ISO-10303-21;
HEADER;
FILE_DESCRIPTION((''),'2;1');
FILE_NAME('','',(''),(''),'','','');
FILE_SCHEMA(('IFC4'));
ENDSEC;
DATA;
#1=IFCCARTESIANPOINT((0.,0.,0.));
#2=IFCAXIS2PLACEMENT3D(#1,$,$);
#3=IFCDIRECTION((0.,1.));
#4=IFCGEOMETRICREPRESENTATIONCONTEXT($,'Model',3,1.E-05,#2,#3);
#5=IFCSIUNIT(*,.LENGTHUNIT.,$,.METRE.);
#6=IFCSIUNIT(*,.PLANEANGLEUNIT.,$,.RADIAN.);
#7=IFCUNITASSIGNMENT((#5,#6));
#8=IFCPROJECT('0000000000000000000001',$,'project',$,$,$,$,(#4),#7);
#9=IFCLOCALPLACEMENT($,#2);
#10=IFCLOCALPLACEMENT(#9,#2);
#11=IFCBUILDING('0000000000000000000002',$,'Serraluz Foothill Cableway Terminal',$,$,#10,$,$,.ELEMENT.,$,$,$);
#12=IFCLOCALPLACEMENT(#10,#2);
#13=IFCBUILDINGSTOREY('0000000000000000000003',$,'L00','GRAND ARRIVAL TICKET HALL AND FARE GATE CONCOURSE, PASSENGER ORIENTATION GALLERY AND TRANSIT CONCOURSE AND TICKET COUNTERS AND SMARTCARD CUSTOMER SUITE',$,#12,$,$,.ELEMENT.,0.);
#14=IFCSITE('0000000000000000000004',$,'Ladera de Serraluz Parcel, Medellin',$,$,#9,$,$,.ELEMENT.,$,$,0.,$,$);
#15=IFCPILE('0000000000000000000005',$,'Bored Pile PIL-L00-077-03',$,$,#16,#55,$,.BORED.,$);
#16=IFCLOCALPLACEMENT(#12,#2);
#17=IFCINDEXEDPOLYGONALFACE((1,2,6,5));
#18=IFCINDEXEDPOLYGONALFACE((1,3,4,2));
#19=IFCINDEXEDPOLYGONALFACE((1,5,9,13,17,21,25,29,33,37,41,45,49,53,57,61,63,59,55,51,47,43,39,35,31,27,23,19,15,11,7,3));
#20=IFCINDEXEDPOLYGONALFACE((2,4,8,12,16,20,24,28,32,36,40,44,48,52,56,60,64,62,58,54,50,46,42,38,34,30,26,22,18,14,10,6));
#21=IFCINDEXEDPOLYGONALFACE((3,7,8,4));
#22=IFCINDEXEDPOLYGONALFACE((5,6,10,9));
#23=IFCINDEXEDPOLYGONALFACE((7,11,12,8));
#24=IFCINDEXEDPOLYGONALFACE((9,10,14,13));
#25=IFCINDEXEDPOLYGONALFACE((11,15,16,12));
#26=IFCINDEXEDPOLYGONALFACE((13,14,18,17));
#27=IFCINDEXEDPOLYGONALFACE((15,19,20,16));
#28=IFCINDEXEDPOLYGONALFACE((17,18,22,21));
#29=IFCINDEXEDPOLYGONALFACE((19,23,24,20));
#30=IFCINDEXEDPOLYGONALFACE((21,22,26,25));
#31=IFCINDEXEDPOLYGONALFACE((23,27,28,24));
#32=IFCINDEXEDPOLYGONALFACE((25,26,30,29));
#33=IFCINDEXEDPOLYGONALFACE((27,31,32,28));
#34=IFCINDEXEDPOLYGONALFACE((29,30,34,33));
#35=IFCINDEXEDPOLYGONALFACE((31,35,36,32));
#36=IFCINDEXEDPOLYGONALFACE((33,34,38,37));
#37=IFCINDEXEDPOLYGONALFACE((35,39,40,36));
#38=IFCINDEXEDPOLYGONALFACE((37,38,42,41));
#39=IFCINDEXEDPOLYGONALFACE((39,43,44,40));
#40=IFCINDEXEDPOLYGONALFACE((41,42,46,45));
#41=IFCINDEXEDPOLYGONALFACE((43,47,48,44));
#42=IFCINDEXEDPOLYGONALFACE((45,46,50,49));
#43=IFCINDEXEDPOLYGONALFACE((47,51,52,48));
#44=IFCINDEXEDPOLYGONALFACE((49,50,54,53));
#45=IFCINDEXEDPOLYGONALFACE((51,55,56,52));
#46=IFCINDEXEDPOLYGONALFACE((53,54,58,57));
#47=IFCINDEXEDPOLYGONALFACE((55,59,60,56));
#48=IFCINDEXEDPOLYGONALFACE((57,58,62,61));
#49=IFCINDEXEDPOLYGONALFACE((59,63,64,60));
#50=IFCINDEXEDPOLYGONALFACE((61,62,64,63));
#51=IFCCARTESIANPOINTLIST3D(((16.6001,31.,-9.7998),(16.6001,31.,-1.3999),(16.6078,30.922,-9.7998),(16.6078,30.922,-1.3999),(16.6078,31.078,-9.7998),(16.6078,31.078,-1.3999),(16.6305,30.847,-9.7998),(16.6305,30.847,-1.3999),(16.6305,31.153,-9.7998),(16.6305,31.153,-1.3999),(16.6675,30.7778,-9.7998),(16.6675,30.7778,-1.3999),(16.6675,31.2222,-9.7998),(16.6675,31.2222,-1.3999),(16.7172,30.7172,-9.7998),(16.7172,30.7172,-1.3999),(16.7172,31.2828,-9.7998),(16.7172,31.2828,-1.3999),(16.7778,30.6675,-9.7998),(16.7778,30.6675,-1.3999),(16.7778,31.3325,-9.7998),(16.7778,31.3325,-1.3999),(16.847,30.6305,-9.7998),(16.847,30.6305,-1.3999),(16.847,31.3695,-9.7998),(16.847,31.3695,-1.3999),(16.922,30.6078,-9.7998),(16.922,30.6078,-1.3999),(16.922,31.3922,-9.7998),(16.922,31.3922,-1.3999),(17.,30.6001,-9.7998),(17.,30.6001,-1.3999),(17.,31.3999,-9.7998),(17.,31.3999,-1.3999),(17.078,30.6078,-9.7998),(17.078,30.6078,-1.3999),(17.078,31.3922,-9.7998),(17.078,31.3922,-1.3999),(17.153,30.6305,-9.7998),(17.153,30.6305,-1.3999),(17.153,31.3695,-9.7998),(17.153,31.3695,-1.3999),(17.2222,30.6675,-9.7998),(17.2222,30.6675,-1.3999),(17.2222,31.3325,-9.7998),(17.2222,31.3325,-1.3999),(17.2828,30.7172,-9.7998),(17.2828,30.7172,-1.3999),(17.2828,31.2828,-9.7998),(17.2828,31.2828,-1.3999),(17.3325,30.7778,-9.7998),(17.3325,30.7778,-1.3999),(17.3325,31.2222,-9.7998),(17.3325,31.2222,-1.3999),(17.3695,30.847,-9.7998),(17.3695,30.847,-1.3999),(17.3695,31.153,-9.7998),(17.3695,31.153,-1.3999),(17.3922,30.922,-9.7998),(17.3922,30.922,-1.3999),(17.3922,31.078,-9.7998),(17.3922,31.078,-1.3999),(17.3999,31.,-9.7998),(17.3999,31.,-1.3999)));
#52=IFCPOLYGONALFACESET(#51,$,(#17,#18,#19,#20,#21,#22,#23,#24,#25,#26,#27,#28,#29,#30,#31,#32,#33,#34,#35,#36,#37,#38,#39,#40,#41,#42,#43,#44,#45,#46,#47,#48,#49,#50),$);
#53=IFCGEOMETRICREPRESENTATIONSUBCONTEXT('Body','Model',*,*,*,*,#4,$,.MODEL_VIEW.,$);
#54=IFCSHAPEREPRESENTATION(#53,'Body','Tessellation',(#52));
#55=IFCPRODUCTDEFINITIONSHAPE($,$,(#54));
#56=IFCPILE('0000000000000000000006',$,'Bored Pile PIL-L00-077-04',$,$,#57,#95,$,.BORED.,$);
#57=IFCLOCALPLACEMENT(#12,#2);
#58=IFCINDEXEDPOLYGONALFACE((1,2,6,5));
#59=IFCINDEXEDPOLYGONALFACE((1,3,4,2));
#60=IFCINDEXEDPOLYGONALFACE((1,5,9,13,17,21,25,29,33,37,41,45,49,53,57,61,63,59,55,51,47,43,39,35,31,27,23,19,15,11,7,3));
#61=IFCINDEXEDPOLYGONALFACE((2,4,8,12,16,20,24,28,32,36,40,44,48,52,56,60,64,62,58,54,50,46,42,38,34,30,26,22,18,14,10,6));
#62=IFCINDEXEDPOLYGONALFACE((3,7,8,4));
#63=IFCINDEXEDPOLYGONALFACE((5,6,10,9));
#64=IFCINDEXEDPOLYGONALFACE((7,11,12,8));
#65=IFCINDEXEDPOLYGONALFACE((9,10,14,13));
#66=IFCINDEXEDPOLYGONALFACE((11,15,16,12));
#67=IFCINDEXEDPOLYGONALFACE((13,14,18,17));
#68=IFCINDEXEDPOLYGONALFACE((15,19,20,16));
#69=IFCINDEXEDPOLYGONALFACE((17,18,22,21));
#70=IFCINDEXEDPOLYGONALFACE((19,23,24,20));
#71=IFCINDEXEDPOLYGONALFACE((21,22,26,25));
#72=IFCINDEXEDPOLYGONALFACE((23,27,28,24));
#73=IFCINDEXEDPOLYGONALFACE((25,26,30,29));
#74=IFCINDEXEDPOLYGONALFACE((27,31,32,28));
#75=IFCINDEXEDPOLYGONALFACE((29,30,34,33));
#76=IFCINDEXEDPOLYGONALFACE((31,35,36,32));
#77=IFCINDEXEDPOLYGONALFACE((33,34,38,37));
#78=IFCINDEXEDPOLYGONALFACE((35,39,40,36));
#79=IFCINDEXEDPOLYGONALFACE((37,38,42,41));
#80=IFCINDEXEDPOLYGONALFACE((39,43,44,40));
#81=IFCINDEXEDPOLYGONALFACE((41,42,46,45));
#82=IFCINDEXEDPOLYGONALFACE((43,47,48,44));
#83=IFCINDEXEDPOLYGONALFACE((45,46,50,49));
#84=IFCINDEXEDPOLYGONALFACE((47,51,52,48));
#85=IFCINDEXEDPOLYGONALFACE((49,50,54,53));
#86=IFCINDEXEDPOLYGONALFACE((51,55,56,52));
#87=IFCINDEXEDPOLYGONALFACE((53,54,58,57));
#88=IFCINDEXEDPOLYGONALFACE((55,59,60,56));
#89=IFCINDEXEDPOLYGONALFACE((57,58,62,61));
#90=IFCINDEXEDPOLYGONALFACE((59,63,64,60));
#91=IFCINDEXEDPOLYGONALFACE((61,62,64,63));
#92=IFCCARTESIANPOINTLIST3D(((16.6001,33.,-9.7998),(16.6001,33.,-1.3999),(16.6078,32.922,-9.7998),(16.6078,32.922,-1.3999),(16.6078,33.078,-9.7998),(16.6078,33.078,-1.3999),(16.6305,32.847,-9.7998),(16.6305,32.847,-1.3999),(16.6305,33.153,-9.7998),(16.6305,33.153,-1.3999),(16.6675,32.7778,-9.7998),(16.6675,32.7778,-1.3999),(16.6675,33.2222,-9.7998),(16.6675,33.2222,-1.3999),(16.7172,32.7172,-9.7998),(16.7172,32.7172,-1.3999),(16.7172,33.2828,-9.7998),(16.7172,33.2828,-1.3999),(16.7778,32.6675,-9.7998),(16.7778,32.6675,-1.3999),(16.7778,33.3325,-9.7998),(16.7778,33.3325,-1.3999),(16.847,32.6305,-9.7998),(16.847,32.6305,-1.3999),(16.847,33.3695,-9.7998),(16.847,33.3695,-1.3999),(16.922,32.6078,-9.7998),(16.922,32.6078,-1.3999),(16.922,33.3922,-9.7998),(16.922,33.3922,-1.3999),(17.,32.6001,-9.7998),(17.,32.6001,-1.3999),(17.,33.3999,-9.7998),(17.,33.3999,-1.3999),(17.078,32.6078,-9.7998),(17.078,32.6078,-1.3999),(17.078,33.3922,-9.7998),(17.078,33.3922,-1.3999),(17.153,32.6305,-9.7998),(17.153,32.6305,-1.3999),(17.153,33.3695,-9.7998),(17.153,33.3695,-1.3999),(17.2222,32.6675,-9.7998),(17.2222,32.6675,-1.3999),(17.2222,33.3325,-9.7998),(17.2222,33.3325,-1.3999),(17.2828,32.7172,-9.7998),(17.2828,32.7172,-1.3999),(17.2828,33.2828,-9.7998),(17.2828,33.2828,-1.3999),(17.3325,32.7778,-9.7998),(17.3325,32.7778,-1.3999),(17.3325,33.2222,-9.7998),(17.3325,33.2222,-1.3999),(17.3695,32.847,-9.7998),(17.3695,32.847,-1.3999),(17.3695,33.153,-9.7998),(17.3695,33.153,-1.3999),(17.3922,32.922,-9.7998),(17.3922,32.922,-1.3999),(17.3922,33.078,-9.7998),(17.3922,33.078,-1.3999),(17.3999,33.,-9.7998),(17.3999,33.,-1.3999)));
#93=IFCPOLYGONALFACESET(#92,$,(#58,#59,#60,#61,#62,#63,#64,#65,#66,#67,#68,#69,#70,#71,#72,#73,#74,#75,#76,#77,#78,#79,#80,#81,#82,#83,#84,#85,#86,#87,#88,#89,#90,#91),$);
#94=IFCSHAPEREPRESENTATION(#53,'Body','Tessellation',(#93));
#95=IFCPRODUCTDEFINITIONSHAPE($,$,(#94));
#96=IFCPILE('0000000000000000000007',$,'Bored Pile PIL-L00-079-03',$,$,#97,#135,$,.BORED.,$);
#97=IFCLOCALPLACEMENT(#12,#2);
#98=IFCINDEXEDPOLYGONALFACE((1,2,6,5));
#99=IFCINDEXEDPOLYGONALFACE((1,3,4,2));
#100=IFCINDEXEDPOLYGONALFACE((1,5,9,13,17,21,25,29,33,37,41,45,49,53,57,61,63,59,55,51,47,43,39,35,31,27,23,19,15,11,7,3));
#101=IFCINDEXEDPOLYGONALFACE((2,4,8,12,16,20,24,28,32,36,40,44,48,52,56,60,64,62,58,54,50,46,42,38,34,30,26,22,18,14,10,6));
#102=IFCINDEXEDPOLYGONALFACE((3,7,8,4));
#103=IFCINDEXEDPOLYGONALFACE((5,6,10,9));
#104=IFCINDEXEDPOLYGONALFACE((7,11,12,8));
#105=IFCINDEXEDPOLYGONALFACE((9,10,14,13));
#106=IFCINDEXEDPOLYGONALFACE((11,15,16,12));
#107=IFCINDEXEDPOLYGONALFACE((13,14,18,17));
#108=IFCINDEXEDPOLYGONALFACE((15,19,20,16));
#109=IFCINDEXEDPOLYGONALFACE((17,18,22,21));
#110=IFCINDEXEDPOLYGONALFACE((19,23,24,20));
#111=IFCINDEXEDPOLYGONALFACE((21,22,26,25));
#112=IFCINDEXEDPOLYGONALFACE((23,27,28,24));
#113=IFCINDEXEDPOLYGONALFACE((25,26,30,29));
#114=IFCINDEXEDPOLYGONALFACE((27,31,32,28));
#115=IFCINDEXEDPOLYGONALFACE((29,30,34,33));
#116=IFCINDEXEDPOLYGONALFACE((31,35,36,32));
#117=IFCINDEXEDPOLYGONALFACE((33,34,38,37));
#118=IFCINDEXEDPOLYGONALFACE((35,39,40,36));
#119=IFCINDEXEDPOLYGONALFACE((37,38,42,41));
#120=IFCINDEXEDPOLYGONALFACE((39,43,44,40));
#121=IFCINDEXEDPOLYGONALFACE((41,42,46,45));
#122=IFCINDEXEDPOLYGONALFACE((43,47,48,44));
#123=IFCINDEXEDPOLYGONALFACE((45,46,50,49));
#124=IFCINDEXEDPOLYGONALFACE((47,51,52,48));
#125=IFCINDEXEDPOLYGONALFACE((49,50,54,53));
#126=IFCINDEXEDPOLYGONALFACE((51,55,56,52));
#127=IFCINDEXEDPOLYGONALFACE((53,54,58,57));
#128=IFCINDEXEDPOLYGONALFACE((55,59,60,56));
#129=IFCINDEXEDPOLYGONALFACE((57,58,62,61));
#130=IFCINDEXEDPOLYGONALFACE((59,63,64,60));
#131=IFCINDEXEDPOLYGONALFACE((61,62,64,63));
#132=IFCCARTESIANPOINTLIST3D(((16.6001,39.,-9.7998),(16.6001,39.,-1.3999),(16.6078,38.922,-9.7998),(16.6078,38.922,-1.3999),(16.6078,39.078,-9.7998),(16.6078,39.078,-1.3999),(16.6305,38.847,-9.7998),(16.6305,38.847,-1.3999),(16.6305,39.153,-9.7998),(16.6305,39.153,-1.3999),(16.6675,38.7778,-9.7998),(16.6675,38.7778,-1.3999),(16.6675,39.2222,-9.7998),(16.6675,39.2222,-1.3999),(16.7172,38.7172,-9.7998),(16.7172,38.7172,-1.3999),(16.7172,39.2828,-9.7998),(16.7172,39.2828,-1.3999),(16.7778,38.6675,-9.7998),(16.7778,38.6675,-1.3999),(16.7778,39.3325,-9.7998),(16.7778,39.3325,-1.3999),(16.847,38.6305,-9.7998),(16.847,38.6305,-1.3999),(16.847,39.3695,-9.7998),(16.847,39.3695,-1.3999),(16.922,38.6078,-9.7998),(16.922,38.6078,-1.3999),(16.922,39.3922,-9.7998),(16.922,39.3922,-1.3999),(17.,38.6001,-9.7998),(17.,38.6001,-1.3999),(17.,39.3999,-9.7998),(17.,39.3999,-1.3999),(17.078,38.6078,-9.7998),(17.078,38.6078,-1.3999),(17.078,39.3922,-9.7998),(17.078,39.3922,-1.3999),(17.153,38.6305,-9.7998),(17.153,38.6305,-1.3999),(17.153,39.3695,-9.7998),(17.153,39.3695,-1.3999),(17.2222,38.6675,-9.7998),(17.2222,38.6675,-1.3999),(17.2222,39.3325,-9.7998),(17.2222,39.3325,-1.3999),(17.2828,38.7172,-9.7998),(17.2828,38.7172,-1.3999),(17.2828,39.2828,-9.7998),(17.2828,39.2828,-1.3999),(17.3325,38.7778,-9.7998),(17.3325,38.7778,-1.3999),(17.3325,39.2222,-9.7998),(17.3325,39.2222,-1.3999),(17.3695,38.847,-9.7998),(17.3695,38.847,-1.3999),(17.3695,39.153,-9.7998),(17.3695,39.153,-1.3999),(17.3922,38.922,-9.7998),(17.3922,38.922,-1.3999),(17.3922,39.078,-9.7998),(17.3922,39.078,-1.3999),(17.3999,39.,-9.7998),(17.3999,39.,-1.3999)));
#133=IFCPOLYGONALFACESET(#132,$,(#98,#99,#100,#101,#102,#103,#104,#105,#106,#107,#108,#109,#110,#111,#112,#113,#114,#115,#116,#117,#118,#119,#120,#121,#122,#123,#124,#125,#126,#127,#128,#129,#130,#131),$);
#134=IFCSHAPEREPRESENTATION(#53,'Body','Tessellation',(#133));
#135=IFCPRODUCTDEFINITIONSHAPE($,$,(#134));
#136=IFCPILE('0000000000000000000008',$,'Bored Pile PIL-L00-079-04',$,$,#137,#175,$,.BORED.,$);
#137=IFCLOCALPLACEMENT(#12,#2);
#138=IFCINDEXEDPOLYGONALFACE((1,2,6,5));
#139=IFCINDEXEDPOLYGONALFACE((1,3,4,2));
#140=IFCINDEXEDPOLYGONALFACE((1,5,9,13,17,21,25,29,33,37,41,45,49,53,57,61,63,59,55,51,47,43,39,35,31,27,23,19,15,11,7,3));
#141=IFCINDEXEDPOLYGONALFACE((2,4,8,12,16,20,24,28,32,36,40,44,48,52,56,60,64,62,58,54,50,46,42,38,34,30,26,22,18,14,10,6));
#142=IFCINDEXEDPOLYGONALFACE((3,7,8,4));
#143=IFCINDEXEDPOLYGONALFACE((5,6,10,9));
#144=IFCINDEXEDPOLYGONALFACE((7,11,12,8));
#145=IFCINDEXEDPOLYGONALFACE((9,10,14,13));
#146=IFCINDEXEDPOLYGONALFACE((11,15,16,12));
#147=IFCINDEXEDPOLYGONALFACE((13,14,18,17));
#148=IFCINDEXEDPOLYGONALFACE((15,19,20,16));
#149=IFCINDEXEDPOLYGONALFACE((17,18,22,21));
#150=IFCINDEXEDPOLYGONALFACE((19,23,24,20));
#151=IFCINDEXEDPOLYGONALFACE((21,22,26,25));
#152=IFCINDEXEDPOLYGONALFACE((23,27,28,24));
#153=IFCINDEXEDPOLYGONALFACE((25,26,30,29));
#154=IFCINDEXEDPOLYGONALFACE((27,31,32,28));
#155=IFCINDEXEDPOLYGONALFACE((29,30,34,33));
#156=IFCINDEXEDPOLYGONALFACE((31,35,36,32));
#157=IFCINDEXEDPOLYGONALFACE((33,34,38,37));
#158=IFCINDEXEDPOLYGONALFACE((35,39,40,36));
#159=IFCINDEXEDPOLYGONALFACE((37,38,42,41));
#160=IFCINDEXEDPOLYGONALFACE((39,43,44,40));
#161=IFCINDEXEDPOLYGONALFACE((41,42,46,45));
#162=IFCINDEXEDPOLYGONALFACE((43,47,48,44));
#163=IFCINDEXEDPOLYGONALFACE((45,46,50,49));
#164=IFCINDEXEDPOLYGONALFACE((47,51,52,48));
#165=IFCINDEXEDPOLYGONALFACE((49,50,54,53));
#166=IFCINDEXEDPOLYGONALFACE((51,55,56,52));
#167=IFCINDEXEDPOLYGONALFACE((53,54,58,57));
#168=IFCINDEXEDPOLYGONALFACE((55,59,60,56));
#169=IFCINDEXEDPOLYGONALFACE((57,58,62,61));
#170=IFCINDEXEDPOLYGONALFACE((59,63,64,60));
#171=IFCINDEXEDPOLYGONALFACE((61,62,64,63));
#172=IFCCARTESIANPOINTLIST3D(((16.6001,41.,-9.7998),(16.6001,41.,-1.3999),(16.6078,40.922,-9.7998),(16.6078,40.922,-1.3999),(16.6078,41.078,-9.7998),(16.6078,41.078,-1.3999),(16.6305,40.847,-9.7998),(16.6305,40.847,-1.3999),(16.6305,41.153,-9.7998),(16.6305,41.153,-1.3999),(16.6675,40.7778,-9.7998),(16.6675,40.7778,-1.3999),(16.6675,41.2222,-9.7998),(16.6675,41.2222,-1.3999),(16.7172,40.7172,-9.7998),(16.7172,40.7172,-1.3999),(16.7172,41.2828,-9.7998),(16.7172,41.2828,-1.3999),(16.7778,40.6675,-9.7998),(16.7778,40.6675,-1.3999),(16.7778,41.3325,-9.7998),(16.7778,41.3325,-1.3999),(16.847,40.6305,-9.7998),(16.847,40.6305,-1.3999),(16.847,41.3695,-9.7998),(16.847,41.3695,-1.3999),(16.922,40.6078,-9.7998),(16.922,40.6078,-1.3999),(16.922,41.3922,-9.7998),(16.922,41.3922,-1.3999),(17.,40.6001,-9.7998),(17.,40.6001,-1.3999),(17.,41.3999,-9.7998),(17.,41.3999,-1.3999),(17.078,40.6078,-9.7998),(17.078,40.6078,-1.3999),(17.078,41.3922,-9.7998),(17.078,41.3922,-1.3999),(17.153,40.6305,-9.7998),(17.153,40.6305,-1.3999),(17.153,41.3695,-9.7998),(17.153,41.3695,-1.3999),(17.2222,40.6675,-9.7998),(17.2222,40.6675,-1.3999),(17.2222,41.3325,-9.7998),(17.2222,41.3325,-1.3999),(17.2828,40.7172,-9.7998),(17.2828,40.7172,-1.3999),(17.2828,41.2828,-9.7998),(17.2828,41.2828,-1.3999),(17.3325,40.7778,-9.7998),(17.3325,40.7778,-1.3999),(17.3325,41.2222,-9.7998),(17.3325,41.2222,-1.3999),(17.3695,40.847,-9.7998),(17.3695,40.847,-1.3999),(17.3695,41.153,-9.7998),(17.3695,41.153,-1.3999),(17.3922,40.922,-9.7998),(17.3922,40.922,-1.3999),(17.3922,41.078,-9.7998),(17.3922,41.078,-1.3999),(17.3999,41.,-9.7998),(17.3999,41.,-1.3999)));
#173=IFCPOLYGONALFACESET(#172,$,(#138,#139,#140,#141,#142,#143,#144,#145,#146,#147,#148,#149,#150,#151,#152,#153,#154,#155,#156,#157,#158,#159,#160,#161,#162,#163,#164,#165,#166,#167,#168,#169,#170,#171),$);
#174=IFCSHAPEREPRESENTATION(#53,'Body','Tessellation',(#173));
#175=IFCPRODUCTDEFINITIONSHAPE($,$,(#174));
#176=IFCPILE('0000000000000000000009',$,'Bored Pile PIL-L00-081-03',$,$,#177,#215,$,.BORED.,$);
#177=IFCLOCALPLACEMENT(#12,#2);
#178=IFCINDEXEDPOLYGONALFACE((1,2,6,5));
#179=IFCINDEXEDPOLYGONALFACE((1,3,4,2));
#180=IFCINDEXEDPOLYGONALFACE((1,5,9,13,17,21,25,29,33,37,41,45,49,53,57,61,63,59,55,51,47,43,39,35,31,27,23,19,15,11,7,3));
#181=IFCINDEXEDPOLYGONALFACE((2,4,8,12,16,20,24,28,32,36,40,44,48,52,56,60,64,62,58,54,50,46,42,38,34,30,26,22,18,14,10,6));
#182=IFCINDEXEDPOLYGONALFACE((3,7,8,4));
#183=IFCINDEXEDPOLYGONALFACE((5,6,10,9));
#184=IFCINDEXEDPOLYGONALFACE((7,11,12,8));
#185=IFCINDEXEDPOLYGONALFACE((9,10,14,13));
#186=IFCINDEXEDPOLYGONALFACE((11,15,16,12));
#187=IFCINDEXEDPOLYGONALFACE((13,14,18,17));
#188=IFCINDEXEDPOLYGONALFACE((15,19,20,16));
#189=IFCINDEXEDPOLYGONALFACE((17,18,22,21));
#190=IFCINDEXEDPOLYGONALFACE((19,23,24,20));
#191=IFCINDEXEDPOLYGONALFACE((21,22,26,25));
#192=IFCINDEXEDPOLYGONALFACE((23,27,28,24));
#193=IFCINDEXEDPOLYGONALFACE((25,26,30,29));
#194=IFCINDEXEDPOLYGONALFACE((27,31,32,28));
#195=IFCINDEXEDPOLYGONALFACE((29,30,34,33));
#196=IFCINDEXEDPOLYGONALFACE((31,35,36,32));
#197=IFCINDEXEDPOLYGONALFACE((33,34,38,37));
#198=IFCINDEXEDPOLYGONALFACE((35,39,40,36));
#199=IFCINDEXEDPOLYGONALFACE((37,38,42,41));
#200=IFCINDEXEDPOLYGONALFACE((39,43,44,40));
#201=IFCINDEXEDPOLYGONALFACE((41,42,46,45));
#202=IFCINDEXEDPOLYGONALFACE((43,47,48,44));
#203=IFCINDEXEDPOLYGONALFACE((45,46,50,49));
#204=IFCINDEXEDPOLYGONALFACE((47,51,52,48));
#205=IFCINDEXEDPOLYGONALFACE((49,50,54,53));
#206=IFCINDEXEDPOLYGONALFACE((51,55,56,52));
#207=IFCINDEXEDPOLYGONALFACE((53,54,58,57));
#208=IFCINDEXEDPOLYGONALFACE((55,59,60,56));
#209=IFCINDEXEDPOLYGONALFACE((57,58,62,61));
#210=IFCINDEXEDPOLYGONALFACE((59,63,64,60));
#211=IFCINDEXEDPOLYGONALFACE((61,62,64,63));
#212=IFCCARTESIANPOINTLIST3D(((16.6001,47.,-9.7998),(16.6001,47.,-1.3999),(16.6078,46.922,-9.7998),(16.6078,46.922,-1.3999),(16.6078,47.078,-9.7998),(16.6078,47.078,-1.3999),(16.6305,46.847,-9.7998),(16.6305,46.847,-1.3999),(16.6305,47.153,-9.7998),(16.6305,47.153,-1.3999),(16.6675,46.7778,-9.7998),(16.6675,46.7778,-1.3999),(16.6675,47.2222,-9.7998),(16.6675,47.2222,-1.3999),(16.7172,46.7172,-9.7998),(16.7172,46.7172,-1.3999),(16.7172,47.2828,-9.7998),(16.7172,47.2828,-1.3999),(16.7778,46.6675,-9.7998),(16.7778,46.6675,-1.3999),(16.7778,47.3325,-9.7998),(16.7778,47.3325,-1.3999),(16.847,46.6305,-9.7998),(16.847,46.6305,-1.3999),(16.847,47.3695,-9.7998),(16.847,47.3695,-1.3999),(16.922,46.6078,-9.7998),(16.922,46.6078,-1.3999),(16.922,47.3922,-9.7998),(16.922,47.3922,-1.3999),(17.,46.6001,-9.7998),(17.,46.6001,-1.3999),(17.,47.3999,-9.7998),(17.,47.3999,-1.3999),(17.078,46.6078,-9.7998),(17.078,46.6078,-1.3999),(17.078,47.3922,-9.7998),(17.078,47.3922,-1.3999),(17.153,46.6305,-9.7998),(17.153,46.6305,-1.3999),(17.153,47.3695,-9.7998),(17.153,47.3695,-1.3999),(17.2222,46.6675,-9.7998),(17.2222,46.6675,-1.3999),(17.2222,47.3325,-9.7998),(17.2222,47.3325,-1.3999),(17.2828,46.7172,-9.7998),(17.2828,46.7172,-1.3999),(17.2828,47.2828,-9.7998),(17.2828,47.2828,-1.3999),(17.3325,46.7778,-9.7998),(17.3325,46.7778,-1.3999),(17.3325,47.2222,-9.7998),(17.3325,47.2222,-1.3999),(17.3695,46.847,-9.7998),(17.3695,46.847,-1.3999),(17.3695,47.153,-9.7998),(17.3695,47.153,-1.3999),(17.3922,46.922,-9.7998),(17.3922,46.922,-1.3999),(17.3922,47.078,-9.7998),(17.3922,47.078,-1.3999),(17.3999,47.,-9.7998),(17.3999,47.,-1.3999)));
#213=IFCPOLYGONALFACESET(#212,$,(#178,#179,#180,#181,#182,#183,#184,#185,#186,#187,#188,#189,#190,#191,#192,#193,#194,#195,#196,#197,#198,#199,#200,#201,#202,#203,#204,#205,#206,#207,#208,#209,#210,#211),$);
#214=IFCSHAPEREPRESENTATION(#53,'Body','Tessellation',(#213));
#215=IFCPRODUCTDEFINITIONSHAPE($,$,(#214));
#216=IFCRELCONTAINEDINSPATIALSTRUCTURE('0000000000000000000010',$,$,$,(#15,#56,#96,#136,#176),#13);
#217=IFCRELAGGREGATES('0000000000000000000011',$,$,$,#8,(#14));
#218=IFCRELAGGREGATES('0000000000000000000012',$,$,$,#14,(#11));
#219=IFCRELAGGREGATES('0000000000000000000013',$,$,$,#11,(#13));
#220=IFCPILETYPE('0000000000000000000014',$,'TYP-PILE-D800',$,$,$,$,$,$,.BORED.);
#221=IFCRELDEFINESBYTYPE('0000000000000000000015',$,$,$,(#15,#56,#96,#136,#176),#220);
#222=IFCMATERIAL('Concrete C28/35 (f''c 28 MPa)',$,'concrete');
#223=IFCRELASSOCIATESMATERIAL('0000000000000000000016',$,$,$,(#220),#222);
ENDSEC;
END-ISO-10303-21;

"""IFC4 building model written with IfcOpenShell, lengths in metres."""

from ifc_helpers import new_model, si_unit, direction, frame, origin, origin_2d, place, context, subcontext, project, spatial, circle, extrude, material, material_profile, profile_set, type_object, element, save


model = new_model("IFC4")

# Units and contexts
model_context = context("Model", 3, precision=1e-05, world=origin(), true_north=direction((0.0, 1.0)))
body_context = subcontext(model_context, "Body", "Model", "MODEL_VIEW")
ifc_project = project(units=[si_unit("LENGTHUNIT", "METRE"), si_unit("PLANEANGLEUNIT", "RADIAN")], contexts=[model_context])

# Site, building, storey
site_placement = place(None, origin())
site = spatial("IfcSite", under=ifc_project, at=site_placement, Name="Ladera de Serraluz Parcel, Medellin", CompositionType="ELEMENT", RefElevation=0.0)
building_placement = place(site_placement, origin())
building = spatial("IfcBuilding", under=site, at=building_placement, Name="Serraluz Foothill Cableway Terminal", CompositionType="ELEMENT")
storey_placement = place(building_placement, origin())
storey = spatial("IfcBuildingStorey", under=building, at=storey_placement, Name="L00", Description="GRAND ARRIVAL TICKET HALL AND FARE GATE CONCOURSE, PASSENGER ORIENTATION GALLERY AND TRANSIT CONCOURSE AND TICKET COUNTERS AND SMARTCARD CUSTOMER SUITE", CompositionType="ELEMENT", Elevation=0.0)

# Piles
ifc_material_1 = material(Name="Concrete C28/35 (f'c 28 MPa)", Category="concrete")
ifc_material_profile_1 = material_profile(ifc_material_1, circle(Radius=0.3999, at=origin_2d()), Name="BORED PILE D800")
ifc_profile_set_1 = profile_set([ifc_material_profile_1], Name="Concrete C28/35 (f'c 28 MPa)")
pile_type = type_object("IfcPileType", Name="TYP-PILE-D800", PredefinedType="BORED", material=ifc_profile_set_1)
for number, where, z_axis, x_axis, name in (
    (1, (17.0, 31.0, -1.3999), (0.0, 0.0, -1.0), (1.0, 0.0, 0.0), "Bored Pile PIL-L00-077-03"),
    (2, (17.0, 33.0, -1.3999), (0.0, 0.0, -1.0), (1.0, 0.0, 0.0), "Bored Pile PIL-L00-077-04"),
    (3, (17.0, 39.0, -1.3999), (0.0, 0.0, -1.0), (1.0, 0.0, 0.0), "Bored Pile PIL-L00-079-03"),
    (4, (17.0, 41.0, -1.3999), (0.0, 0.0, -1.0), (1.0, 0.0, 0.0), "Bored Pile PIL-L00-079-04"),
    (5, (17.0, 47.0, -1.3999), (0.0, 0.0, -1.0), (1.0, 0.0, 0.0), "Bored Pile PIL-L00-081-03"),
):
    element("IfcPile", number, at=place(storey_placement, frame(where, z_axis=z_axis, x_axis=x_axis)), inside=storey, type_object=pile_type, Name=name, PredefinedType="BORED", context=body_context, shape_type="SweptSolid", body=[
        extrude(circle(Radius=0.3999, at=origin_2d()), origin(), (0.0, 0.0, 1.0), 8.3999),
    ])

save(model, "model.ifc")
